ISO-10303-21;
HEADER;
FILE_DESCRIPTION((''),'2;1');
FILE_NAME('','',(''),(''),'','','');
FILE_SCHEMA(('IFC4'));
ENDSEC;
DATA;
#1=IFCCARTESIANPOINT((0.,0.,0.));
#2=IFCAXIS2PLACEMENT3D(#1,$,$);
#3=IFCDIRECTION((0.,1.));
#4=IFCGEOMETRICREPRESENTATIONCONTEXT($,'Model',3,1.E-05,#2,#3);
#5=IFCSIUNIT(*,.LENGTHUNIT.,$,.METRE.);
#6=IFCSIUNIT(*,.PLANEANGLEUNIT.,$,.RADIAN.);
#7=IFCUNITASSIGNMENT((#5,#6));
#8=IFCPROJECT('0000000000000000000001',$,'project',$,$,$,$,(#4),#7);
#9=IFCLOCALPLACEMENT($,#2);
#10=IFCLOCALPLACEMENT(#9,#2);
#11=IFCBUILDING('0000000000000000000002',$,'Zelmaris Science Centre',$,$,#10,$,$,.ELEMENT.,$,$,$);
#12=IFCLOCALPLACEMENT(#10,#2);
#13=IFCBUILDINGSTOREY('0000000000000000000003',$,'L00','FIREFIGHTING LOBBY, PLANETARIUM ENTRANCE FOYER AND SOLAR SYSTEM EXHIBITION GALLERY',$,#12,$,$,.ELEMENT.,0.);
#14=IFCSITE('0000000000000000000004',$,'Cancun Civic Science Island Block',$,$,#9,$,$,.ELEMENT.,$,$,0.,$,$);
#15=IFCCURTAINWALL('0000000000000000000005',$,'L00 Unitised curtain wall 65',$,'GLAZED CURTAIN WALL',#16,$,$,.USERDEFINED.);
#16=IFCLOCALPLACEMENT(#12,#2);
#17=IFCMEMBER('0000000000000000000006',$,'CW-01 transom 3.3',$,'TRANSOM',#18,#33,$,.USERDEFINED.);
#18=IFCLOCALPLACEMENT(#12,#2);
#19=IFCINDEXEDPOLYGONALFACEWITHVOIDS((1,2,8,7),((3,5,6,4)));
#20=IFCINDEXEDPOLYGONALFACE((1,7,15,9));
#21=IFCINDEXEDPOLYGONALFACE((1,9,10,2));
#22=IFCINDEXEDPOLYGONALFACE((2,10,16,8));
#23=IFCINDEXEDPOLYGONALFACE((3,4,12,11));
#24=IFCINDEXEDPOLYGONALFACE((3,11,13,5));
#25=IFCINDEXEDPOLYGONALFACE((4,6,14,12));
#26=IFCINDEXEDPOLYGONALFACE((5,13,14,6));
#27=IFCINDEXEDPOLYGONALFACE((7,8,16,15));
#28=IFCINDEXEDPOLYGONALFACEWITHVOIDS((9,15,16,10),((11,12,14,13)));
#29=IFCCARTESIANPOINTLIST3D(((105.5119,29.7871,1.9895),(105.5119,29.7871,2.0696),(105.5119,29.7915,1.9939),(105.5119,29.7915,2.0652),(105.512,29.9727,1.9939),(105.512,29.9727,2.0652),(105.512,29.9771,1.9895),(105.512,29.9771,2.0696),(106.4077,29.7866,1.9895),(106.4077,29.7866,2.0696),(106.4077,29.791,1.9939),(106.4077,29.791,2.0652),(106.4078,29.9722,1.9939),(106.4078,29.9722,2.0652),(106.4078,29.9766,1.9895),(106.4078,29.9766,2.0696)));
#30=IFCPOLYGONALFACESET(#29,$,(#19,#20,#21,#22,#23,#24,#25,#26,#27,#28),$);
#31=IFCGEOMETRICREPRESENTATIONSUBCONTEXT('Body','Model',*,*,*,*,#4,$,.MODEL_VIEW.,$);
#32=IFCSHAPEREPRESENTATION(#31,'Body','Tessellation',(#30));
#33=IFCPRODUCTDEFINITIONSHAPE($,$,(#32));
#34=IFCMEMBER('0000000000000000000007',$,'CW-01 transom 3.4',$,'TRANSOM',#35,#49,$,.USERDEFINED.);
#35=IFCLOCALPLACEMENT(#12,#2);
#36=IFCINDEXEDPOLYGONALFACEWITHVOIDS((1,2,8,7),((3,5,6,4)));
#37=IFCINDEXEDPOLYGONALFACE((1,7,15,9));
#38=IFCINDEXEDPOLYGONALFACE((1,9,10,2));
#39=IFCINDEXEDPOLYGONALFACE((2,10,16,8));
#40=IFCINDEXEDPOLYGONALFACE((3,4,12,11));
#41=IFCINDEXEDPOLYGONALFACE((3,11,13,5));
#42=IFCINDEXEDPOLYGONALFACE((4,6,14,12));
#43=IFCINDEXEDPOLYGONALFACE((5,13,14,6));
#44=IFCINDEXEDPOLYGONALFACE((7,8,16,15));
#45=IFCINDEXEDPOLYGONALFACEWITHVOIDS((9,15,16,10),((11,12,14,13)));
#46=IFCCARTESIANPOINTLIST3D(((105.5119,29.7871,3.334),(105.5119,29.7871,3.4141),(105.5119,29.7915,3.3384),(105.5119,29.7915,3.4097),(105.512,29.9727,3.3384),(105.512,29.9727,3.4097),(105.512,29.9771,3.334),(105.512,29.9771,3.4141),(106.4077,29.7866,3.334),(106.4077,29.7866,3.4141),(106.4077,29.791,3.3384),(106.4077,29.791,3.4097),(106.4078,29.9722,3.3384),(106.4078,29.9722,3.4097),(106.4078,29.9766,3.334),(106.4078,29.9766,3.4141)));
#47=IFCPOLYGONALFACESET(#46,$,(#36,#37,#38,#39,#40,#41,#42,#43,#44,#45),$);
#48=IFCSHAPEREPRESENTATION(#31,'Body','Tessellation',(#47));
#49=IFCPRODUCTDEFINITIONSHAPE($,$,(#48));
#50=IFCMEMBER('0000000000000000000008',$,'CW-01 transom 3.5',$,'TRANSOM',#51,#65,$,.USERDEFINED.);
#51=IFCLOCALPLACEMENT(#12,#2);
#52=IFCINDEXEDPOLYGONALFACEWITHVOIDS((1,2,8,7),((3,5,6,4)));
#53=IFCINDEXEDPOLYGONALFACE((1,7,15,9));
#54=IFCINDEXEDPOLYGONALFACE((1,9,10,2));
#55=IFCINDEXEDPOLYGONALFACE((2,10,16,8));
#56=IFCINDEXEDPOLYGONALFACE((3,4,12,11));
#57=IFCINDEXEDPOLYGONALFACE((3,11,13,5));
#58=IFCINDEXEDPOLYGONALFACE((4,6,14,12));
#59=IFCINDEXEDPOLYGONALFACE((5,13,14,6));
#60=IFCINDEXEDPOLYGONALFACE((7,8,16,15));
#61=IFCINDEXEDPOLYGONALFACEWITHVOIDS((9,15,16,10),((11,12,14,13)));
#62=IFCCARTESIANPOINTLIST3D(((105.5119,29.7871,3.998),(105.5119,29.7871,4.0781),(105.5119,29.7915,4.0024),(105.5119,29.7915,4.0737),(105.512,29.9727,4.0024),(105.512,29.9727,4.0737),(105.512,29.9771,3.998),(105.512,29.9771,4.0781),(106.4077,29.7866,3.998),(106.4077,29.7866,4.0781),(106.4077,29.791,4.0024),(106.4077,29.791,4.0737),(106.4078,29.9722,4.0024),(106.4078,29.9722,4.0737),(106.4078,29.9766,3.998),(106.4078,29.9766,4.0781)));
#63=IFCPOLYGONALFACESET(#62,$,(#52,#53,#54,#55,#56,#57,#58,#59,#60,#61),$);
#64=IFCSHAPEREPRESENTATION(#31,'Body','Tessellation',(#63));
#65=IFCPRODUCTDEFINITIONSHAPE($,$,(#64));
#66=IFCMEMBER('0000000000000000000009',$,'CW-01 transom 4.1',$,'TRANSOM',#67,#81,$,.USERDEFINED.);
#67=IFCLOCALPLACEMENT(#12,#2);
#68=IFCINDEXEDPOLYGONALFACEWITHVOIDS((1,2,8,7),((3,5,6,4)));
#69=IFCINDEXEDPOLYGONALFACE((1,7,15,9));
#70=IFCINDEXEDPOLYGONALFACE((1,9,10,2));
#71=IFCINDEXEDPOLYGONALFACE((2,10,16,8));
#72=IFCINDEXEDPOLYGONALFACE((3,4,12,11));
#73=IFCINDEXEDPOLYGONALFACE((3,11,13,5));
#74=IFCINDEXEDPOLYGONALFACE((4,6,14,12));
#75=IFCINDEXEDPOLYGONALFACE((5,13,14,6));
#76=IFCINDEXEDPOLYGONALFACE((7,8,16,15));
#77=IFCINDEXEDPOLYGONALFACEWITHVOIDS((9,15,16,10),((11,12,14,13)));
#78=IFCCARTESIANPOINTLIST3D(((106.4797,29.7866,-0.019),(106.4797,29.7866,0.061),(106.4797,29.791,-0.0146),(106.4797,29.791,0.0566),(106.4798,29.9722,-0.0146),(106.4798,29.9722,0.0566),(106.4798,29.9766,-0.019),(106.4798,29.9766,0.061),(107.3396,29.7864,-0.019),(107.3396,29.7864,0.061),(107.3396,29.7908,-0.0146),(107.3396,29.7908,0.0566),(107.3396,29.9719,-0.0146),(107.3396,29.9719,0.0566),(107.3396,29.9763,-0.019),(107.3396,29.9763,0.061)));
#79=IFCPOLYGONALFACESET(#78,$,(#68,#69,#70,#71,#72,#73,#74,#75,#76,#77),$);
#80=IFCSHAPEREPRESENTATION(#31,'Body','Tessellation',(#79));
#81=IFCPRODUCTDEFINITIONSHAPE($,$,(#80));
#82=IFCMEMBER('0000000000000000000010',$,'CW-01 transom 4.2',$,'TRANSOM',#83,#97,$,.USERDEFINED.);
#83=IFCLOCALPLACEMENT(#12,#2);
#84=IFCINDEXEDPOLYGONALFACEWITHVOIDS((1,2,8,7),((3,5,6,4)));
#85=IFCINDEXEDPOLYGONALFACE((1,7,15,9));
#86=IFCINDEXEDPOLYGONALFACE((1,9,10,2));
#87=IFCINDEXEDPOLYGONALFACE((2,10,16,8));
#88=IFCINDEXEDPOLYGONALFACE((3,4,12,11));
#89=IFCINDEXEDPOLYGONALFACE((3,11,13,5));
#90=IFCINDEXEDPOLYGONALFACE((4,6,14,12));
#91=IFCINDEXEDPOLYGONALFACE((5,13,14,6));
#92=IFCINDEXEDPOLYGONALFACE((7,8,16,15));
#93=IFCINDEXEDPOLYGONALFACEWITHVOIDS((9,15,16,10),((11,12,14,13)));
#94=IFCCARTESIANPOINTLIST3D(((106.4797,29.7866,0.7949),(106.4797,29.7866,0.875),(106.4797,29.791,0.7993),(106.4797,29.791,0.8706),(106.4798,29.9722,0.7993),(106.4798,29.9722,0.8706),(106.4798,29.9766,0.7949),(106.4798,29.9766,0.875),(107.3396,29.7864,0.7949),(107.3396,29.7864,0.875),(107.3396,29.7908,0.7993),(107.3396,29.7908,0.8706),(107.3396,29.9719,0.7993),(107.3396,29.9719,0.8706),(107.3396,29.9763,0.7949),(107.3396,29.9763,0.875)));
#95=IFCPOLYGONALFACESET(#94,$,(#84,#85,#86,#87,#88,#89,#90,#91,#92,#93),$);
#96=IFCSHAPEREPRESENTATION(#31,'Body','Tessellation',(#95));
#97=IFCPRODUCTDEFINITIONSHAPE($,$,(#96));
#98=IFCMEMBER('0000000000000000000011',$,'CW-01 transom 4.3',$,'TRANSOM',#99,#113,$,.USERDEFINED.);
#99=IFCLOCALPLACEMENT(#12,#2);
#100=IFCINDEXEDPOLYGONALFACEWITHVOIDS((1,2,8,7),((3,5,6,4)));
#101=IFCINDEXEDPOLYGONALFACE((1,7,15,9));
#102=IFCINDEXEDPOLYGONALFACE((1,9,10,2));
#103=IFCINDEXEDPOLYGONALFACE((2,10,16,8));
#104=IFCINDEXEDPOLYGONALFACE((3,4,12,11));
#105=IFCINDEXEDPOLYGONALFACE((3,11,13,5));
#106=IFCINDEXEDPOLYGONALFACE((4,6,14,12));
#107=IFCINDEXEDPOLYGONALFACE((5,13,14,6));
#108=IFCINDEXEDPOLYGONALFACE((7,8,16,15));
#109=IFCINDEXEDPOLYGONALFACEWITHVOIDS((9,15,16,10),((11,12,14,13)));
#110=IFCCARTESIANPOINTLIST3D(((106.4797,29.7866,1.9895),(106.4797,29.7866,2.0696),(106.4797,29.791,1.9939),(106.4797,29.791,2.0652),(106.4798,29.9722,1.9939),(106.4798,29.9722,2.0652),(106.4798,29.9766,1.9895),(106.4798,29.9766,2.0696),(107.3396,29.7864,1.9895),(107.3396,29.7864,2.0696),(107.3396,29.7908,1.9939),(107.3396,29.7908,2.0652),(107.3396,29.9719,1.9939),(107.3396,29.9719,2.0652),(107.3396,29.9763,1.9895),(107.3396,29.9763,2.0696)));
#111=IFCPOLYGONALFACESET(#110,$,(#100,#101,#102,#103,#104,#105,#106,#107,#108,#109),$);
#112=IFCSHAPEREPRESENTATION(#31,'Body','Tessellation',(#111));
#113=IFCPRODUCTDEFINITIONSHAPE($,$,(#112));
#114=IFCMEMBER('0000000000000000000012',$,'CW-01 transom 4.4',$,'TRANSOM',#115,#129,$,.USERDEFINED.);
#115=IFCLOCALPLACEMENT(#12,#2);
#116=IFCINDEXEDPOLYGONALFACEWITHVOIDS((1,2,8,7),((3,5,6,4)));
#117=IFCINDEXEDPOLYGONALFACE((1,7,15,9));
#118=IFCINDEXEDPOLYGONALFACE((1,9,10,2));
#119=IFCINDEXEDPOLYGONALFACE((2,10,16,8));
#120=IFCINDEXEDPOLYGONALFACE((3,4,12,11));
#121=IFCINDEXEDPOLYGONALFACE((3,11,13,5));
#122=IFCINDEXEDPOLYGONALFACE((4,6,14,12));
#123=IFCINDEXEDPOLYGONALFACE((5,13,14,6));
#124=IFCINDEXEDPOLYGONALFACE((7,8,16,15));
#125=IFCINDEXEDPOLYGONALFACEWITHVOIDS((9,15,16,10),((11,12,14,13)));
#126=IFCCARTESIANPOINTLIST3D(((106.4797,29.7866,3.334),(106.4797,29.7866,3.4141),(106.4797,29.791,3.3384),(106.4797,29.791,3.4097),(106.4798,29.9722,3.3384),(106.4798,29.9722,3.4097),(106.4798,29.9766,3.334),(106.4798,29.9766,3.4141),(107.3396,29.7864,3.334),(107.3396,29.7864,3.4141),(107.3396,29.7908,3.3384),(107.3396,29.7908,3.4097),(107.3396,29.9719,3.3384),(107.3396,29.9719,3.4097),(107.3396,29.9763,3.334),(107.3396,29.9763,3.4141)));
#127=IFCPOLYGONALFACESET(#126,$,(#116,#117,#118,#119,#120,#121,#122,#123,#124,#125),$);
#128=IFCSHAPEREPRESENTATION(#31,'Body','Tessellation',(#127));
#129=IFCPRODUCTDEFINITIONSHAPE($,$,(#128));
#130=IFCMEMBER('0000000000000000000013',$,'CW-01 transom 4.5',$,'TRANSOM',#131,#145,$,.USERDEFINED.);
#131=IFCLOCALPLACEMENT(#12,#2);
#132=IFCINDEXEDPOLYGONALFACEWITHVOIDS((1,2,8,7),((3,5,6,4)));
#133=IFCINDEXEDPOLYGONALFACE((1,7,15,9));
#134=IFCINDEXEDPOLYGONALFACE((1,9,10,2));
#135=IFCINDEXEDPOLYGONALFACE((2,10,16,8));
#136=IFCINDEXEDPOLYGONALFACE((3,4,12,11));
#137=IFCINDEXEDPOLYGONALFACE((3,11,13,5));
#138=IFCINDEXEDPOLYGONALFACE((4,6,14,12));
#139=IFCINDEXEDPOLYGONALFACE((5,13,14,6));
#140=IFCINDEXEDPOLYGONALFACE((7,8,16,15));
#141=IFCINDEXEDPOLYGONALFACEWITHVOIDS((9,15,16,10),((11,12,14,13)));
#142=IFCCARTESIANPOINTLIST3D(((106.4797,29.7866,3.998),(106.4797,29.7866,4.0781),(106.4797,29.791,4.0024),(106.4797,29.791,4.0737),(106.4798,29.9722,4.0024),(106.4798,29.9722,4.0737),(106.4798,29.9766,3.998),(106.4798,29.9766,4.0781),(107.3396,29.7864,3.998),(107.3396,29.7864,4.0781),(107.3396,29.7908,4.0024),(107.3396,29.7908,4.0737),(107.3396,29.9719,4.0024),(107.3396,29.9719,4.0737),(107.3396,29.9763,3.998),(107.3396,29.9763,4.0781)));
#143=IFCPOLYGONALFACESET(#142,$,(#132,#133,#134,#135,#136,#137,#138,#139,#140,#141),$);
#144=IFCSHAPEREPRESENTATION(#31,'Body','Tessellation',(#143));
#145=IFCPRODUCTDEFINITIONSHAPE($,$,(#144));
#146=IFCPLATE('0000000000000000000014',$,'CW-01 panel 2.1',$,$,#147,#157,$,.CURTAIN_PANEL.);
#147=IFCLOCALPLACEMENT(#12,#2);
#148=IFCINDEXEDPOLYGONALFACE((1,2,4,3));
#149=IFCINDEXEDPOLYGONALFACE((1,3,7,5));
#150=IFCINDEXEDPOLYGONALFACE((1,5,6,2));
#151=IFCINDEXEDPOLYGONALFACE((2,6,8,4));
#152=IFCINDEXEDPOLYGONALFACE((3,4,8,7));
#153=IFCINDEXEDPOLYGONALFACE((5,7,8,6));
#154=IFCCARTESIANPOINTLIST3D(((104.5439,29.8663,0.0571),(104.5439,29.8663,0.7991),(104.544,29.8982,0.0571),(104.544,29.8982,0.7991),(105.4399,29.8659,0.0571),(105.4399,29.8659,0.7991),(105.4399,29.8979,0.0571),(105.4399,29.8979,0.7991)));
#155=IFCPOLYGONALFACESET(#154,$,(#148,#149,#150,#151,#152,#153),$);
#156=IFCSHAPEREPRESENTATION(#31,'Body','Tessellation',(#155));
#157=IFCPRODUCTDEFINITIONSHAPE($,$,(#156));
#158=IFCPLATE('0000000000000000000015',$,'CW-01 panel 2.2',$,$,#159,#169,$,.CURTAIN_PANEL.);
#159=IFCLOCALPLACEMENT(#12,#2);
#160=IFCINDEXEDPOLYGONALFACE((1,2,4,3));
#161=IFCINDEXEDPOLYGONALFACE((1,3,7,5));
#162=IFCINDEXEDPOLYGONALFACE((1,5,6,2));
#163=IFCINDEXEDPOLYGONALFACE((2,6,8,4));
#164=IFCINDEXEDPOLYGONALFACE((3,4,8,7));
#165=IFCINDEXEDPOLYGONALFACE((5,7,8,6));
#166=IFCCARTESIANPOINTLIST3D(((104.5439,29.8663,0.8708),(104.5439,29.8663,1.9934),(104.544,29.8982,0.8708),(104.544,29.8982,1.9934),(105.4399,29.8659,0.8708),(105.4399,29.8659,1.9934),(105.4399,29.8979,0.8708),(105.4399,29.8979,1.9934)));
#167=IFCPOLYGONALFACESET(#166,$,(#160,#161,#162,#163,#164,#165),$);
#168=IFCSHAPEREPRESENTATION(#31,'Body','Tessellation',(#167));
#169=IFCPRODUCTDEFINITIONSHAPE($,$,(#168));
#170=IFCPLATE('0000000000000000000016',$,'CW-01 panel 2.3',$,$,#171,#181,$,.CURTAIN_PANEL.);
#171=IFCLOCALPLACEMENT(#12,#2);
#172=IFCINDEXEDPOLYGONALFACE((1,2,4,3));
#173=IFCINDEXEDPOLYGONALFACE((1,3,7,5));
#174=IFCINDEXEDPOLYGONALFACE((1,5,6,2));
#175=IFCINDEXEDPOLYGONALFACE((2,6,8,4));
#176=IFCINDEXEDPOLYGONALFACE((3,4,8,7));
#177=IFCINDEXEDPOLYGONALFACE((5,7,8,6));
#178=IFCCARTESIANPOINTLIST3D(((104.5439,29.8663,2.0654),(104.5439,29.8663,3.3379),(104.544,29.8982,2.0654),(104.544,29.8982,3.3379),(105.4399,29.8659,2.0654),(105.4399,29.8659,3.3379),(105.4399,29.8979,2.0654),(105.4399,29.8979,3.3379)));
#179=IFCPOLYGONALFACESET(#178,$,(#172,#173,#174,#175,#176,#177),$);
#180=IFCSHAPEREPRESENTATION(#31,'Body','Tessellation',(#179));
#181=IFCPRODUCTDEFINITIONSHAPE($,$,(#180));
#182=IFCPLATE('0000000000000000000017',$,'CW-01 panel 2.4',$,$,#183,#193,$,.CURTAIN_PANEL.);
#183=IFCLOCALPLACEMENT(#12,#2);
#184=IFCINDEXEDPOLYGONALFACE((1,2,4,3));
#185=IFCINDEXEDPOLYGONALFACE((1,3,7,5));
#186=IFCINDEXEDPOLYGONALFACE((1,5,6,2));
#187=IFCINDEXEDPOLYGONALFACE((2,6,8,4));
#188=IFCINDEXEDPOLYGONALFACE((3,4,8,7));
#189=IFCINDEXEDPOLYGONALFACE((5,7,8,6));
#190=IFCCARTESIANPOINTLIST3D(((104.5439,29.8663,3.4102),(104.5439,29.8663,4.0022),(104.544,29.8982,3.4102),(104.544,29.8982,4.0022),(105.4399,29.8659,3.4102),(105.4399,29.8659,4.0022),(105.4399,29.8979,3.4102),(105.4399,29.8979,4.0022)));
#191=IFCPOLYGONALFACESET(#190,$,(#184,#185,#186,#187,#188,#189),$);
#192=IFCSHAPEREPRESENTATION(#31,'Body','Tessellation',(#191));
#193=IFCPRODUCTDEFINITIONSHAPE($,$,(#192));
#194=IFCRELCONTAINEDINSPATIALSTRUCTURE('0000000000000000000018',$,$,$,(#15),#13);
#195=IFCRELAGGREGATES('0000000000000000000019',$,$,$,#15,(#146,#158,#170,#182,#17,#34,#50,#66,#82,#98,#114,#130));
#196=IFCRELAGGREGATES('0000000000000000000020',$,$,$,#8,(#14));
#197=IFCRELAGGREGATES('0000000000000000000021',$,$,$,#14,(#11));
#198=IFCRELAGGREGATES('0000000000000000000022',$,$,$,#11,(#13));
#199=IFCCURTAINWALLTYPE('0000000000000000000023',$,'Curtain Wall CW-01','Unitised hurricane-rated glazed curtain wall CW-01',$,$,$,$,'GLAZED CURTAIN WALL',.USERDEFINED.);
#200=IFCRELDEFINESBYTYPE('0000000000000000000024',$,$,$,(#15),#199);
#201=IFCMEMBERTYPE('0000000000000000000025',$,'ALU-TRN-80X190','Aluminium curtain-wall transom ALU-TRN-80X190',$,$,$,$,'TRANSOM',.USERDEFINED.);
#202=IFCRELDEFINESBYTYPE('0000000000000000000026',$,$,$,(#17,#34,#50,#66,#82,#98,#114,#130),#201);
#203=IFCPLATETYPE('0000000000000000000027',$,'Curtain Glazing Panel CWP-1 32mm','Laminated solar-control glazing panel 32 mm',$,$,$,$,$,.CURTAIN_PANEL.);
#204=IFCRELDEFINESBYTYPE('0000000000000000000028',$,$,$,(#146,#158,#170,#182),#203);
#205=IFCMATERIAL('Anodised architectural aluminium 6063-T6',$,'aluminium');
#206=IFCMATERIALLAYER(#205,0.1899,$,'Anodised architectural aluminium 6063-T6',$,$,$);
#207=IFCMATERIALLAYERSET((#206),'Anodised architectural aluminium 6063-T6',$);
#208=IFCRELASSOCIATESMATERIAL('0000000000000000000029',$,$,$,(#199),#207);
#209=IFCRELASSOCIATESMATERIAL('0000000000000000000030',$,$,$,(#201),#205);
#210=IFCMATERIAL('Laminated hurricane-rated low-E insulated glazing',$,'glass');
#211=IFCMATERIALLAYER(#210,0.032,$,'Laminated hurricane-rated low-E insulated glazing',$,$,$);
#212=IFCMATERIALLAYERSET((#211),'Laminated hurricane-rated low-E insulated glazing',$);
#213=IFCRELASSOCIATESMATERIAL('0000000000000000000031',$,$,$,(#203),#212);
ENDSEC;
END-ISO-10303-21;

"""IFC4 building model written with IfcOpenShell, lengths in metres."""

from ifc_helpers import new_model, si_unit, direction, frame, origin, origin_2d, place, context, subcontext, project, spatial, rectangle, hollow_rectangle, extrude, material, layer, layer_set, material_profile, profile_set, type_object, element, aggregate, save


model = new_model("IFC4")

# Units and contexts
model_context = context("Model", 3, precision=1e-05, world=origin(), true_north=direction((0.0, 1.0)))
body_context = subcontext(model_context, "Body", "Model", "MODEL_VIEW")
ifc_project = project(units=[si_unit("LENGTHUNIT", "METRE"), si_unit("PLANEANGLEUNIT", "RADIAN")], contexts=[model_context])

# Site, building, storey
site_placement = place(None, origin())
site = spatial("IfcSite", under=ifc_project, at=site_placement, Name="Cancun Civic Science Island Block", CompositionType="ELEMENT", RefElevation=0.0)
building_placement = place(site_placement, origin())
building = spatial("IfcBuilding", under=site, at=building_placement, Name="Zelmaris Science Centre", CompositionType="ELEMENT")
storey_placement = place(building_placement, origin())
storey = spatial("IfcBuildingStorey", under=building, at=storey_placement, Name="L00", Description="FIREFIGHTING LOBBY, PLANETARIUM ENTRANCE FOYER AND SOLAR SYSTEM EXHIBITION GALLERY", CompositionType="ELEMENT", Elevation=0.0)

# Curtain wall, members, plates
ifc_material_1 = material(Name="Anodised architectural aluminium 6063-T6", Category="aluminium")
ifc_layer_1 = layer(ifc_material_1, 0.1899, Name="Anodised architectural aluminium 6063-T6")
ifc_layer_set_1 = layer_set([ifc_layer_1], Name="Anodised architectural aluminium 6063-T6")
curtain_wall_type = type_object("IfcCurtainWallType", Name="Curtain Wall CW-01", Description="Unitised hurricane-rated glazed curtain wall CW-01", ElementType="GLAZED CURTAIN WALL", PredefinedType="USERDEFINED", material=ifc_layer_set_1)
curtain_wall_1_placement = place(storey_placement, origin())
curtain_wall_1 = element("IfcCurtainWall", 1, at=curtain_wall_1_placement, inside=storey, type_object=curtain_wall_type, Name="L00 Unitised curtain wall 65", ObjectType="GLAZED CURTAIN WALL", PredefinedType="USERDEFINED")
ifc_material_profile_1 = material_profile(ifc_material_1, hollow_rectangle(XDim=0.0801, YDim=0.1899, WallThickness=0.0044, at=origin_2d()), Name="ALU-TRN-80X190")
ifc_profile_set_1 = profile_set([ifc_material_profile_1], Name="Anodised architectural aluminium 6063-T6")
member_type_1 = type_object("IfcMemberType", Name="ALU-TRN-80X190", Description="Aluminium curtain-wall transom ALU-TRN-80X190", ElementType="TRANSOM", PredefinedType="USERDEFINED", material=ifc_profile_set_1)
member_1_placement = place(storey_placement, frame((105.512, 29.8821, 2.0295), z_axis=(1.0, -0.000545, 0.0), x_axis=(0.0, 0.0, 1.0)))
member_1 = element("IfcMember", 2, at=member_1_placement, type_object=member_type_1, Name="CW-01 transom 3.3", ObjectType="TRANSOM", PredefinedType="USERDEFINED", context=body_context, shape_type="SweptSolid", body=[
    extrude(hollow_rectangle(XDim=0.0801, YDim=0.1899, WallThickness=0.0044, at=origin_2d()), origin(), (0.0, 0.0, 1.0), 0.8958),
])
member_2_placement = place(storey_placement, frame((105.512, 29.8821, 3.374), z_axis=(1.0, -0.000545, 0.0), x_axis=(0.0, 0.0, 1.0)))
member_2 = element("IfcMember", 3, at=member_2_placement, type_object=member_type_1, Name="CW-01 transom 3.4", ObjectType="TRANSOM", PredefinedType="USERDEFINED", context=body_context, shape_type="SweptSolid", body=[
    extrude(hollow_rectangle(XDim=0.0801, YDim=0.1899, WallThickness=0.0044, at=origin_2d()), origin(), (0.0, 0.0, 1.0), 0.8958),
])
member_3_placement = place(storey_placement, frame((105.512, 29.8821, 4.0381), z_axis=(1.0, -0.000545, 0.0), x_axis=(0.0, 0.0, 1.0)))
member_3 = element("IfcMember", 4, at=member_3_placement, type_object=member_type_1, Name="CW-01 transom 3.5", ObjectType="TRANSOM", PredefinedType="USERDEFINED", context=body_context, shape_type="SweptSolid", body=[
    extrude(hollow_rectangle(XDim=0.0801, YDim=0.1899, WallThickness=0.0044, at=origin_2d()), origin(), (0.0, 0.0, 1.0), 0.8958),
])
member_4_placement = place(storey_placement, frame((106.4797, 29.8816, 0.021), z_axis=(1.0, -0.000284, 0.0), x_axis=(0.0, 0.0, 1.0)))
member_4 = element("IfcMember", 5, at=member_4_placement, type_object=member_type_1, Name="CW-01 transom 4.1", ObjectType="TRANSOM", PredefinedType="USERDEFINED", context=body_context, shape_type="SweptSolid", body=[
    extrude(hollow_rectangle(XDim=0.0801, YDim=0.1899, WallThickness=0.0044, at=origin_2d()), origin(), (0.0, 0.0, 1.0), 0.8599),
])
member_5_placement = place(storey_placement, frame((106.4797, 29.8816, 0.835), z_axis=(1.0, -0.000284, 0.0), x_axis=(0.0, 0.0, 1.0)))
member_5 = element("IfcMember", 6, at=member_5_placement, type_object=member_type_1, Name="CW-01 transom 4.2", ObjectType="TRANSOM", PredefinedType="USERDEFINED", context=body_context, shape_type="SweptSolid", body=[
    extrude(hollow_rectangle(XDim=0.0801, YDim=0.1899, WallThickness=0.0044, at=origin_2d()), origin(), (0.0, 0.0, 1.0), 0.8599),
])
member_6_placement = place(storey_placement, frame((106.4797, 29.8816, 2.0295), z_axis=(1.0, -0.000284, 0.0), x_axis=(0.0, 0.0, 1.0)))
member_6 = element("IfcMember", 7, at=member_6_placement, type_object=member_type_1, Name="CW-01 transom 4.3", ObjectType="TRANSOM", PredefinedType="USERDEFINED", context=body_context, shape_type="SweptSolid", body=[
    extrude(hollow_rectangle(XDim=0.0801, YDim=0.1899, WallThickness=0.0044, at=origin_2d()), origin(), (0.0, 0.0, 1.0), 0.8599),
])
member_7_placement = place(storey_placement, frame((106.4797, 29.8816, 3.374), z_axis=(1.0, -0.000284, 0.0), x_axis=(0.0, 0.0, 1.0)))
member_7 = element("IfcMember", 8, at=member_7_placement, type_object=member_type_1, Name="CW-01 transom 4.4", ObjectType="TRANSOM", PredefinedType="USERDEFINED", context=body_context, shape_type="SweptSolid", body=[
    extrude(hollow_rectangle(XDim=0.0801, YDim=0.1899, WallThickness=0.0044, at=origin_2d()), origin(), (0.0, 0.0, 1.0), 0.8599),
])
member_8_placement = place(storey_placement, frame((106.4797, 29.8816, 4.0381), z_axis=(1.0, -0.000284, 0.0), x_axis=(0.0, 0.0, 1.0)))
member_8 = element("IfcMember", 9, at=member_8_placement, type_object=member_type_1, Name="CW-01 transom 4.5", ObjectType="TRANSOM", PredefinedType="USERDEFINED", context=body_context, shape_type="SweptSolid", body=[
    extrude(hollow_rectangle(XDim=0.0801, YDim=0.1899, WallThickness=0.0044, at=origin_2d()), origin(), (0.0, 0.0, 1.0), 0.8599),
])
ifc_material_2 = material(Name="Laminated hurricane-rated low-E insulated glazing", Category="glass")
ifc_layer_2 = layer(ifc_material_2, 0.032, Name="Laminated hurricane-rated low-E insulated glazing")
ifc_layer_set_2 = layer_set([ifc_layer_2], Name="Laminated hurricane-rated low-E insulated glazing")
plate_type = type_object("IfcPlateType", Name="Curtain Glazing Panel CWP-1 32mm", Description="Laminated solar-control glazing panel 32 mm", PredefinedType="CURTAIN_PANEL", material=ifc_layer_set_2)
plate_1_placement = place(storey_placement, frame((104.9919, 29.8821, 0.0571), z_axis=(0.0, 0.0, 1.0), x_axis=(1.0, -0.000362, 0.0)))
plate_1 = element("IfcPlate", 10, at=plate_1_placement, type_object=plate_type, Name="CW-01 panel 2.1", PredefinedType="CURTAIN_PANEL", context=body_context, shape_type="SweptSolid", body=[
    extrude(rectangle(XDim=0.896, YDim=0.032, at=origin_2d()), origin(), (0.0, 0.0, 1.0), 0.7419),
])
plate_2_placement = place(storey_placement, frame((104.9919, 29.8821, 0.8708), z_axis=(0.0, 0.0, 1.0), x_axis=(1.0, -0.000362, 0.0)))
plate_2 = element("IfcPlate", 11, at=plate_2_placement, type_object=plate_type, Name="CW-01 panel 2.2", PredefinedType="CURTAIN_PANEL", context=body_context, shape_type="SweptSolid", body=[
    extrude(rectangle(XDim=0.896, YDim=0.032, at=origin_2d()), origin(), (0.0, 0.0, 1.0), 1.1226),
])
plate_3_placement = place(storey_placement, frame((104.9919, 29.8821, 2.0654), z_axis=(0.0, 0.0, 1.0), x_axis=(1.0, -0.000362, 0.0)))
plate_3 = element("IfcPlate", 12, at=plate_3_placement, type_object=plate_type, Name="CW-01 panel 2.3", PredefinedType="CURTAIN_PANEL", context=body_context, shape_type="SweptSolid", body=[
    extrude(rectangle(XDim=0.896, YDim=0.032, at=origin_2d()), origin(), (0.0, 0.0, 1.0), 1.2725),
])
plate_4_placement = place(storey_placement, frame((104.9919, 29.8821, 3.4102), z_axis=(0.0, 0.0, 1.0), x_axis=(1.0, -0.000362, 0.0)))
plate_4 = element("IfcPlate", 13, at=plate_4_placement, type_object=plate_type, Name="CW-01 panel 2.4", PredefinedType="CURTAIN_PANEL", context=body_context, shape_type="SweptSolid", body=[
    extrude(rectangle(XDim=0.896, YDim=0.032, at=origin_2d()), origin(), (0.0, 0.0, 1.0), 0.592),
])
aggregate(curtain_wall_1, [plate_1, plate_2, plate_3, plate_4, member_1, member_2, member_3, member_4, member_5, member_6, member_7, member_8])

save(model, "model.ifc")
